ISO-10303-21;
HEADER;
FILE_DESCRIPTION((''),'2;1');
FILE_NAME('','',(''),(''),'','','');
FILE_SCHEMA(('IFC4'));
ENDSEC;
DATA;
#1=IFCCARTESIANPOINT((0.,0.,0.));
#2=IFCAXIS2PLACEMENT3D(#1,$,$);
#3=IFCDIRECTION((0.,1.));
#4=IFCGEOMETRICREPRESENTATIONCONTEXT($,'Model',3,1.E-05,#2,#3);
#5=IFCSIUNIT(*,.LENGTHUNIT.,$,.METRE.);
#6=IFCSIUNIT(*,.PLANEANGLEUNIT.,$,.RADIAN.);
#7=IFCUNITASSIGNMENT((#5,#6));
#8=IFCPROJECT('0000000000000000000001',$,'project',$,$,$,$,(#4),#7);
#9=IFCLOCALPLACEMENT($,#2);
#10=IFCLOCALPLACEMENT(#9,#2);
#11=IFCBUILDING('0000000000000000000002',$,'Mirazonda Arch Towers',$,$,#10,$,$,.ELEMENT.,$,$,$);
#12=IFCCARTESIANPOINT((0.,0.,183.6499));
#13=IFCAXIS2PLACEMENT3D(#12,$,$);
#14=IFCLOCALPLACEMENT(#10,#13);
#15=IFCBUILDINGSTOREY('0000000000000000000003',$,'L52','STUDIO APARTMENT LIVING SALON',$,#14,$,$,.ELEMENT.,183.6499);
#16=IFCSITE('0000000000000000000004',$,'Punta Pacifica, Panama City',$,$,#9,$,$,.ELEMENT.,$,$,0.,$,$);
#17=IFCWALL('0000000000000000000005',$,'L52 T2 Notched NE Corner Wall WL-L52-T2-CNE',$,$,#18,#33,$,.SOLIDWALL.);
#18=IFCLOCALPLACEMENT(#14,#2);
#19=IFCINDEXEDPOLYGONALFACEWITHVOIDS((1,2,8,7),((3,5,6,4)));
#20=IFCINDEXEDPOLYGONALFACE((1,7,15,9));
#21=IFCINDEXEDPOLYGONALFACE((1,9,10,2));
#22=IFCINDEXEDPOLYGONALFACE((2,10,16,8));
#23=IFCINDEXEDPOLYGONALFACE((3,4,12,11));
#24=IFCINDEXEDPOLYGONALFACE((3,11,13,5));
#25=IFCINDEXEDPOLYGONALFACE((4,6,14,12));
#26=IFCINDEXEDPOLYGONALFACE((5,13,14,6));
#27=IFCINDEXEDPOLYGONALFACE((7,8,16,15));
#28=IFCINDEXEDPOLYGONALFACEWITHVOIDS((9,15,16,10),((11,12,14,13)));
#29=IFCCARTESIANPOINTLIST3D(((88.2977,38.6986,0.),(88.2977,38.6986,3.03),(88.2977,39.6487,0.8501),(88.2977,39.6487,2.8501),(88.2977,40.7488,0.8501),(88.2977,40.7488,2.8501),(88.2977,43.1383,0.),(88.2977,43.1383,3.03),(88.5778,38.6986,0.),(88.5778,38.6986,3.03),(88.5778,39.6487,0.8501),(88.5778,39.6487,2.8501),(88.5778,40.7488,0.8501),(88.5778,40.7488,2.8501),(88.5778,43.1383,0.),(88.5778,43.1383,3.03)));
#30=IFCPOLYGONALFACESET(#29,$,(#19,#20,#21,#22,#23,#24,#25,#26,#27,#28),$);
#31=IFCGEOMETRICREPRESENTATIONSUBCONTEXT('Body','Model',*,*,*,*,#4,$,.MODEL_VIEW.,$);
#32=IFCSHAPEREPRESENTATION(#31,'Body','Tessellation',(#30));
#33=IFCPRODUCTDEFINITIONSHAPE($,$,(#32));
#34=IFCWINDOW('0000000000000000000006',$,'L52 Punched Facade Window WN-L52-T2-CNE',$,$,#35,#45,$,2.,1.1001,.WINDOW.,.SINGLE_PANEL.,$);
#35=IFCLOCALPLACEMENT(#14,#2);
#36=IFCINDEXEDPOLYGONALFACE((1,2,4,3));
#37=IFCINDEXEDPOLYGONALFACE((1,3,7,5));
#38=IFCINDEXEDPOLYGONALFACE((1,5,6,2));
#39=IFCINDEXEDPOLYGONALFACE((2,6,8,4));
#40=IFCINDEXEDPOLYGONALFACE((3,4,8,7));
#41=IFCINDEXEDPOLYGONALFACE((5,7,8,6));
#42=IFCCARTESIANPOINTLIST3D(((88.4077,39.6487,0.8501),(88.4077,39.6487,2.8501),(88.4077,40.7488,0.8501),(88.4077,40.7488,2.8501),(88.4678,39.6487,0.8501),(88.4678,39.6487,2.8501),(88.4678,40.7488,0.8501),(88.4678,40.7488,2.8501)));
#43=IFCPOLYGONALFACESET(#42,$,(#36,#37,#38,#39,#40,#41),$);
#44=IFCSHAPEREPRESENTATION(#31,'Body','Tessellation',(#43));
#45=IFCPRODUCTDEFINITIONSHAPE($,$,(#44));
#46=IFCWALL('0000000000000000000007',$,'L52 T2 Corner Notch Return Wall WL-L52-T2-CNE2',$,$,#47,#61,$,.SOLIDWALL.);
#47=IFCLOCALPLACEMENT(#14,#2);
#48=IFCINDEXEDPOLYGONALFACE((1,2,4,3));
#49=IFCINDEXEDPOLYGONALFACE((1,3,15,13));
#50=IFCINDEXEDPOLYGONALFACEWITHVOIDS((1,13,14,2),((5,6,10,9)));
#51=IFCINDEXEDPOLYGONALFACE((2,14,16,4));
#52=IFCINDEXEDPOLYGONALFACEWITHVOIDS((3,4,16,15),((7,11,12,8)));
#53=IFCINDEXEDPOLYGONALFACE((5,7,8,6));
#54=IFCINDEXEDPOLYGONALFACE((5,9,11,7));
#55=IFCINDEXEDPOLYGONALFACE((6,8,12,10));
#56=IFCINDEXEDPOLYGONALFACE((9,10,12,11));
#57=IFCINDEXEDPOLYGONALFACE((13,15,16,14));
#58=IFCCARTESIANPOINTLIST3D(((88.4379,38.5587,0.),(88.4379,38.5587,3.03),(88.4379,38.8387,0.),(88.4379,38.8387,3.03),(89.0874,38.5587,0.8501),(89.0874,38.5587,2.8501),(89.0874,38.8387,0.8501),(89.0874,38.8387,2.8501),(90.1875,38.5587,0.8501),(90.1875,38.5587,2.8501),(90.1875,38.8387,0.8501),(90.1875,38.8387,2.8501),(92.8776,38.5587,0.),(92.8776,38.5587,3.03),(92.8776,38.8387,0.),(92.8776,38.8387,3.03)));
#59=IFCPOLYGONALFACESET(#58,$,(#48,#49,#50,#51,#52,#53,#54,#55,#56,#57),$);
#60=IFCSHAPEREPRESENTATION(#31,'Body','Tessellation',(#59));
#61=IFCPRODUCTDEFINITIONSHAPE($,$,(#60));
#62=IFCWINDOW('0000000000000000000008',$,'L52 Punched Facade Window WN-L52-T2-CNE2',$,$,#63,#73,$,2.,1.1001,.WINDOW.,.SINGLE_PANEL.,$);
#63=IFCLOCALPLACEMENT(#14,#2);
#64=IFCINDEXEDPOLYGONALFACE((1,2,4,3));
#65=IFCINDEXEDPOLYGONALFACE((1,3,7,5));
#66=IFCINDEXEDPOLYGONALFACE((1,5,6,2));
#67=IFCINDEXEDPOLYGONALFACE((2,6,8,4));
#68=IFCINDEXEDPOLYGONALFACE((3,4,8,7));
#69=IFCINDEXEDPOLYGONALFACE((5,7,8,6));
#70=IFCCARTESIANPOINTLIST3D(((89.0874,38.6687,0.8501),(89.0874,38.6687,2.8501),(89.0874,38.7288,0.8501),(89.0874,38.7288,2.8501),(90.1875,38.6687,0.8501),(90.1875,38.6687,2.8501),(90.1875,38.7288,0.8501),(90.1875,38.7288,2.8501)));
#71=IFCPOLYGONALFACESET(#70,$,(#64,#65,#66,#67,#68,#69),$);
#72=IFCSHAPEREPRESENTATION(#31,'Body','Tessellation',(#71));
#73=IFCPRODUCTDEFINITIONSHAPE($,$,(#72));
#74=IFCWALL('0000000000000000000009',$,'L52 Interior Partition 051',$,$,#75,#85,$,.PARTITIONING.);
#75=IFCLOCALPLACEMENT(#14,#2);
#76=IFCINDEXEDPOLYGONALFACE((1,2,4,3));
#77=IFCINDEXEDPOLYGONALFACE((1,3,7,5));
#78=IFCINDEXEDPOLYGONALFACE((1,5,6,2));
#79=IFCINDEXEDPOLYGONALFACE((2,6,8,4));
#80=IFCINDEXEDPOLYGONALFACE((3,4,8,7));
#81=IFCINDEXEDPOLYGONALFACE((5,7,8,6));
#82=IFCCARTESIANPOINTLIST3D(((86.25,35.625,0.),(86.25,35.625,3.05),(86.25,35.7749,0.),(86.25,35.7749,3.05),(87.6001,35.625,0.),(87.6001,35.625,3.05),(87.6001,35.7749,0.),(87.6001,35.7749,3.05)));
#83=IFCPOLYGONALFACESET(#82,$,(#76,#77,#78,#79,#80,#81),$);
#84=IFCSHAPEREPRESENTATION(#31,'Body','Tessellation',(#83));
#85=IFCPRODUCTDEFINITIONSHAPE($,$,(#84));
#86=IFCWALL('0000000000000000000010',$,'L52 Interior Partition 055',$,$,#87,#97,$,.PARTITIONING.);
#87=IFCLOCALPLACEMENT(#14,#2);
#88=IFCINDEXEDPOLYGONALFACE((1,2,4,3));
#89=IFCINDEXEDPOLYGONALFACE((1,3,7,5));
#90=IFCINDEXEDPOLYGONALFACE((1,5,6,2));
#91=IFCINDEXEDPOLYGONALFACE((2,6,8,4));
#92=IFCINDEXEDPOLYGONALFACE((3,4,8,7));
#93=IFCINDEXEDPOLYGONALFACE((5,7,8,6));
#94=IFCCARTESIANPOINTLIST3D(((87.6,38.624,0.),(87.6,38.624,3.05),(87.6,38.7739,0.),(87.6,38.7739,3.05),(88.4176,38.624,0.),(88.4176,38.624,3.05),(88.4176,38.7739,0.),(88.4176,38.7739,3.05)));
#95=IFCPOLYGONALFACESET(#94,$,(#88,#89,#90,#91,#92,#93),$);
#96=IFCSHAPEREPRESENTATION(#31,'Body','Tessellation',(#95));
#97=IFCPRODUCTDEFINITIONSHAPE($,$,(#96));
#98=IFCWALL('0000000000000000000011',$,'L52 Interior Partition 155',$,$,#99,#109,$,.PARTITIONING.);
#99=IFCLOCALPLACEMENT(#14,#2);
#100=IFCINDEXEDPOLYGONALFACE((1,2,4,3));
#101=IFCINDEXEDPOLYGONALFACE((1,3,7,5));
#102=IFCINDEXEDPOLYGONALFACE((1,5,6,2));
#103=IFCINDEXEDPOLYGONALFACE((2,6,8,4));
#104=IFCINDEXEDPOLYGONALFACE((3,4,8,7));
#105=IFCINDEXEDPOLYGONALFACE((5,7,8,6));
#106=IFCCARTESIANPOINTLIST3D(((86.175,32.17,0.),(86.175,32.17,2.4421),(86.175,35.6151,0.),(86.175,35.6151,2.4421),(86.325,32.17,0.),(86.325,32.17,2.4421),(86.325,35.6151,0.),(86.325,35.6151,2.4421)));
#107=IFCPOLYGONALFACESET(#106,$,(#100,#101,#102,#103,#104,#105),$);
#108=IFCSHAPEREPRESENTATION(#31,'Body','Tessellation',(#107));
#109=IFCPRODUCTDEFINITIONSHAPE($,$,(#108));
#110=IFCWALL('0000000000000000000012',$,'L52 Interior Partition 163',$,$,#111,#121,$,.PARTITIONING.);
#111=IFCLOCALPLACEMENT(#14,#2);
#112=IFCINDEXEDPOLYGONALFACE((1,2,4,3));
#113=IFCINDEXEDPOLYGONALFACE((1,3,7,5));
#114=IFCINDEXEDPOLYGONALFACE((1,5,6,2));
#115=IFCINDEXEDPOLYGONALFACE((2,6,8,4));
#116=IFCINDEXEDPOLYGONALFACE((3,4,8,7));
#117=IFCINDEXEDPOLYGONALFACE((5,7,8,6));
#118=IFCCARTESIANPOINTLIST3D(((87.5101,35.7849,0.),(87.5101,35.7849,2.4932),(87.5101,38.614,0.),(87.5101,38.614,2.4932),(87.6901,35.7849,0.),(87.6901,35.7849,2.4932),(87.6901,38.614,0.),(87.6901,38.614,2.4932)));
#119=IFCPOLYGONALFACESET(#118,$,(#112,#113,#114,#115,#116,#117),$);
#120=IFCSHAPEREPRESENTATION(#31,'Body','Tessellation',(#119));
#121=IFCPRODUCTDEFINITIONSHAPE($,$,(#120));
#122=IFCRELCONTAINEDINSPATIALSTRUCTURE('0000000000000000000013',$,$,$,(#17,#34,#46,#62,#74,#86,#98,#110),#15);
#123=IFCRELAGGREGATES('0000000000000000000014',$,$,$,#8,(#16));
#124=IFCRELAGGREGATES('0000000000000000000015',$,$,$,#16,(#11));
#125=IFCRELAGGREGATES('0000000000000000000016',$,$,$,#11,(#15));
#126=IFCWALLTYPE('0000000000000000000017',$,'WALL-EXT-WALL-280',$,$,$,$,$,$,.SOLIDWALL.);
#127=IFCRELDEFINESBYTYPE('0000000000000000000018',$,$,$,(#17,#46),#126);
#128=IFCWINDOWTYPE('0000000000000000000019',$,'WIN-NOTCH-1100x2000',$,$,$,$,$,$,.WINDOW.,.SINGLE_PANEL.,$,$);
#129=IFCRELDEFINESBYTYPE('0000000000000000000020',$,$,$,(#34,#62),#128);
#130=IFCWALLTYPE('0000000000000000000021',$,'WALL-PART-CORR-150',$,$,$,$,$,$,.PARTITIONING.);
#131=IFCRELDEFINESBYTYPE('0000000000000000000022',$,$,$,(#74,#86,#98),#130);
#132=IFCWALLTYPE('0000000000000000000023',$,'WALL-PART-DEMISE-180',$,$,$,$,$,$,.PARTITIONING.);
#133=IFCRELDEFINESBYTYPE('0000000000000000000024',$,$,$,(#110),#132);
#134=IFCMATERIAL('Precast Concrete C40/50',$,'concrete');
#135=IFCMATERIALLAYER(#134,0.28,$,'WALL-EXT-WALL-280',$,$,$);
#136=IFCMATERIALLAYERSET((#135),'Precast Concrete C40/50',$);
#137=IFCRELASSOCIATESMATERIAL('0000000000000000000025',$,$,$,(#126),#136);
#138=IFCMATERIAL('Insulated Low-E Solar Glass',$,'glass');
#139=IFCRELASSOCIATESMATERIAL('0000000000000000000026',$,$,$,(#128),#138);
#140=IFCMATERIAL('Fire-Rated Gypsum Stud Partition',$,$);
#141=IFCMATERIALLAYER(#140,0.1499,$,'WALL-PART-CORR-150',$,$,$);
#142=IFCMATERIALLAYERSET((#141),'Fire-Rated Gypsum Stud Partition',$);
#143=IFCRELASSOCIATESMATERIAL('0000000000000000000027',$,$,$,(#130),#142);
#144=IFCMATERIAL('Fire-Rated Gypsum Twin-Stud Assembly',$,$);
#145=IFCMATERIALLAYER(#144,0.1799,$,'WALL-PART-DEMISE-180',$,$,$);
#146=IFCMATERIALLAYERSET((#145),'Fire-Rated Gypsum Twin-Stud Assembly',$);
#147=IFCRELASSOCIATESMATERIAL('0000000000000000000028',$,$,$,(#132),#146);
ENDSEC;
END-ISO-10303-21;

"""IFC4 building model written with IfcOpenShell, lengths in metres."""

from ifc_helpers import new_model, si_unit, direction, frame, frame_2d, origin, place, context, subcontext, project, spatial, rectangle, extrude, material, layer, layer_set, type_object, element, fill, save


model = new_model("IFC4")

# Units and contexts
model_context = context("Model", 3, precision=1e-05, world=origin(), true_north=direction((0.0, 1.0)))
body_context = subcontext(model_context, "Body", "Model", "MODEL_VIEW")
ifc_project = project(units=[si_unit("LENGTHUNIT", "METRE"), si_unit("PLANEANGLEUNIT", "RADIAN")], contexts=[model_context])

# Site, building, storey
site_placement = place(None, origin())
site = spatial("IfcSite", under=ifc_project, at=site_placement, Name="Punta Pacifica, Panama City", CompositionType="ELEMENT", RefElevation=0.0)
building_placement = place(site_placement, origin())
building = spatial("IfcBuilding", under=site, at=building_placement, Name="Mirazonda Arch Towers", CompositionType="ELEMENT")
storey_placement = place(building_placement, frame((0.0, 0.0, 183.6499)))
storey = spatial("IfcBuildingStorey", under=building, at=storey_placement, Name="L52", Description="STUDIO APARTMENT LIVING SALON", CompositionType="ELEMENT", Elevation=183.6499)

# Shared definitions
ifc_material_1 = material(Name="Insulated Low-E Solar Glass", Category="glass")

# Walls, openings, windows
ifc_material_2 = material(Name="Precast Concrete C40/50", Category="concrete")
ifc_layer_1 = layer(ifc_material_2, 0.28, Name="WALL-EXT-WALL-280")
ifc_layer_set_1 = layer_set([ifc_layer_1], Name="Precast Concrete C40/50")
wall_type_1 = type_object("IfcWallType", Name="WALL-EXT-WALL-280", PredefinedType="SOLIDWALL", material=ifc_layer_set_1)
wall_1_placement = place(storey_placement, frame((88.4377, 38.6987, 0.0), z_axis=(0.0, 0.0, 1.0), x_axis=(0.0, 1.0, 0.0)))
wall_1 = element("IfcWall", 1, at=wall_1_placement, inside=storey, type_object=wall_type_1, Name="L52 T2 Notched NE Corner Wall WL-L52-T2-CNE", PredefinedType="SOLIDWALL", context=body_context, shape_type="SweptSolid", body=[
    extrude(rectangle(XDim=4.4397, YDim=0.28, at=frame_2d((2.2197, 0.0))), origin(), (0.0, 0.0, 1.0), 3.03),
])
opening_1_placement = place(wall_1_placement, frame((0.95, 0.0, 0.8501)))
opening_1 = element("IfcOpeningElement", 2, at=opening_1_placement, cuts=wall_1, PredefinedType="OPENING", context=body_context, shape_type="SweptSolid", body=[
    extrude(rectangle(XDim=1.1001, YDim=2.0, at=frame_2d((0.55, 1.0))), frame((0.0, 0.1499, 0.0), z_axis=(0.0, -1.0, 0.0), x_axis=(1.0, 0.0, 0.0)), (0.0, 0.0, 1.0), 0.3),
])
window_type = type_object("IfcWindowType", Name="WIN-NOTCH-1100x2000", PartitioningType="SINGLE_PANEL", PredefinedType="WINDOW", material=ifc_material_1)
window_1_placement = place(opening_1_placement, origin())
window_1 = element("IfcWindow", 3, at=window_1_placement, inside=storey, type_object=window_type, Name="L52 Punched Facade Window WN-L52-T2-CNE", OverallHeight=2.0, OverallWidth=1.1001, PartitioningType="SINGLE_PANEL", PredefinedType="WINDOW", context=body_context, shape_type="SweptSolid", body=[
    extrude(rectangle(XDim=1.1001, YDim=2.0, at=frame_2d((0.55, 1.0))), frame((0.0, 0.03, 0.0), z_axis=(0.0, -1.0, 0.0), x_axis=(1.0, 0.0, 0.0)), (0.0, 0.0, 1.0), 0.0601),
])
fill(opening_1, window_1)
wall_2_placement = place(storey_placement, frame((92.8774, 38.6987, 0.0), z_axis=(0.0, 0.0, 1.0), x_axis=(-1.0, 0.0, 0.0)))
wall_2 = element("IfcWall", 4, at=wall_2_placement, inside=storey, type_object=wall_type_1, Name="L52 T2 Corner Notch Return Wall WL-L52-T2-CNE2", PredefinedType="SOLIDWALL", context=body_context, shape_type="SweptSolid", body=[
    extrude(rectangle(XDim=4.4397, YDim=0.28, at=frame_2d((2.2197, 0.0))), origin(), (0.0, 0.0, 1.0), 3.03),
])
opening_2_placement = place(wall_2_placement, frame((2.6899, 0.0, 0.8501)))
opening_2 = element("IfcOpeningElement", 5, at=opening_2_placement, cuts=wall_2, PredefinedType="OPENING", context=body_context, shape_type="SweptSolid", body=[
    extrude(rectangle(XDim=1.1001, YDim=2.0, at=frame_2d((0.55, 1.0))), frame((0.0, 0.1499, 0.0), z_axis=(0.0, -1.0, 0.0), x_axis=(1.0, 0.0, 0.0)), (0.0, 0.0, 1.0), 0.3),
])
window_2_placement = place(opening_2_placement, origin())
window_2 = element("IfcWindow", 6, at=window_2_placement, inside=storey, type_object=window_type, Name="L52 Punched Facade Window WN-L52-T2-CNE2", OverallHeight=2.0, OverallWidth=1.1001, PartitioningType="SINGLE_PANEL", PredefinedType="WINDOW", context=body_context, shape_type="SweptSolid", body=[
    extrude(rectangle(XDim=1.1001, YDim=2.0, at=frame_2d((0.55, 1.0))), frame((0.0, 0.03, 0.0), z_axis=(0.0, -1.0, 0.0), x_axis=(1.0, 0.0, 0.0)), (0.0, 0.0, 1.0), 0.0601),
])
fill(opening_2, window_2)

# Walls
ifc_material_3 = material(Name="Fire-Rated Gypsum Stud Partition")
ifc_layer_2 = layer(ifc_material_3, 0.1499, Name="WALL-PART-CORR-150")
ifc_layer_set_2 = layer_set([ifc_layer_2], Name="Fire-Rated Gypsum Stud Partition")
wall_type_2 = type_object("IfcWallType", Name="WALL-PART-CORR-150", PredefinedType="PARTITIONING", material=ifc_layer_set_2)
wall_3_placement = place(storey_placement, frame((86.25, 35.7, 0.0), z_axis=(0.0, 0.0, 1.0), x_axis=(1.0, 0.0, 0.0)))
element("IfcWall", 7, at=wall_3_placement, inside=storey, type_object=wall_type_2, Name="L52 Interior Partition 051", PredefinedType="PARTITIONING", context=body_context, shape_type="SweptSolid", body=[
    extrude(rectangle(XDim=1.3501, YDim=0.1499, at=frame_2d((0.675, 0.0))), origin(), (0.0, 0.0, 1.0), 3.05),
])
wall_4_placement = place(storey_placement, frame((87.6001, 38.699, 0.0), z_axis=(0.0, 0.0, 1.0), x_axis=(1.0, 0.0, 0.0)))
element("IfcWall", 8, at=wall_4_placement, inside=storey, type_object=wall_type_2, Name="L52 Interior Partition 055", PredefinedType="PARTITIONING", context=body_context, shape_type="SweptSolid", body=[
    extrude(rectangle(XDim=0.8176, YDim=0.1499, at=frame_2d((0.4087, 0.0))), origin(), (0.0, 0.0, 1.0), 3.05),
])
wall_5_placement = place(storey_placement, frame((86.25, 32.1699, 0.0), z_axis=(0.0, 0.0, 1.0), x_axis=(0.0, 1.0, 0.0)))
element("IfcWall", 9, at=wall_5_placement, inside=storey, type_object=wall_type_2, Name="L52 Interior Partition 155", PredefinedType="PARTITIONING", context=body_context, shape_type="SweptSolid", body=[
    extrude(rectangle(XDim=3.4451, YDim=0.1499, at=frame_2d((1.7227, 0.0))), origin(), (0.0, 0.0, 1.0), 2.4421),
])
ifc_material_4 = material(Name="Fire-Rated Gypsum Twin-Stud Assembly")
ifc_layer_3 = layer(ifc_material_4, 0.1799, Name="WALL-PART-DEMISE-180")
ifc_layer_set_3 = layer_set([ifc_layer_3], Name="Fire-Rated Gypsum Twin-Stud Assembly")
wall_type_3 = type_object("IfcWallType", Name="WALL-PART-DEMISE-180", PredefinedType="PARTITIONING", material=ifc_layer_set_3)
wall_6_placement = place(storey_placement, frame((87.6001, 35.7849, 0.0), z_axis=(0.0, 0.0, 1.0), x_axis=(0.0, 1.0, 0.0)))
element("IfcWall", 10, at=wall_6_placement, inside=storey, type_object=wall_type_3, Name="L52 Interior Partition 163", PredefinedType="PARTITIONING", context=body_context, shape_type="SweptSolid", body=[
    extrude(rectangle(XDim=2.8291, YDim=0.1799, at=frame_2d((1.4146, 0.0))), origin(), (0.0, 0.0, 1.0), 2.4932),
])

save(model, "model.ifc")
